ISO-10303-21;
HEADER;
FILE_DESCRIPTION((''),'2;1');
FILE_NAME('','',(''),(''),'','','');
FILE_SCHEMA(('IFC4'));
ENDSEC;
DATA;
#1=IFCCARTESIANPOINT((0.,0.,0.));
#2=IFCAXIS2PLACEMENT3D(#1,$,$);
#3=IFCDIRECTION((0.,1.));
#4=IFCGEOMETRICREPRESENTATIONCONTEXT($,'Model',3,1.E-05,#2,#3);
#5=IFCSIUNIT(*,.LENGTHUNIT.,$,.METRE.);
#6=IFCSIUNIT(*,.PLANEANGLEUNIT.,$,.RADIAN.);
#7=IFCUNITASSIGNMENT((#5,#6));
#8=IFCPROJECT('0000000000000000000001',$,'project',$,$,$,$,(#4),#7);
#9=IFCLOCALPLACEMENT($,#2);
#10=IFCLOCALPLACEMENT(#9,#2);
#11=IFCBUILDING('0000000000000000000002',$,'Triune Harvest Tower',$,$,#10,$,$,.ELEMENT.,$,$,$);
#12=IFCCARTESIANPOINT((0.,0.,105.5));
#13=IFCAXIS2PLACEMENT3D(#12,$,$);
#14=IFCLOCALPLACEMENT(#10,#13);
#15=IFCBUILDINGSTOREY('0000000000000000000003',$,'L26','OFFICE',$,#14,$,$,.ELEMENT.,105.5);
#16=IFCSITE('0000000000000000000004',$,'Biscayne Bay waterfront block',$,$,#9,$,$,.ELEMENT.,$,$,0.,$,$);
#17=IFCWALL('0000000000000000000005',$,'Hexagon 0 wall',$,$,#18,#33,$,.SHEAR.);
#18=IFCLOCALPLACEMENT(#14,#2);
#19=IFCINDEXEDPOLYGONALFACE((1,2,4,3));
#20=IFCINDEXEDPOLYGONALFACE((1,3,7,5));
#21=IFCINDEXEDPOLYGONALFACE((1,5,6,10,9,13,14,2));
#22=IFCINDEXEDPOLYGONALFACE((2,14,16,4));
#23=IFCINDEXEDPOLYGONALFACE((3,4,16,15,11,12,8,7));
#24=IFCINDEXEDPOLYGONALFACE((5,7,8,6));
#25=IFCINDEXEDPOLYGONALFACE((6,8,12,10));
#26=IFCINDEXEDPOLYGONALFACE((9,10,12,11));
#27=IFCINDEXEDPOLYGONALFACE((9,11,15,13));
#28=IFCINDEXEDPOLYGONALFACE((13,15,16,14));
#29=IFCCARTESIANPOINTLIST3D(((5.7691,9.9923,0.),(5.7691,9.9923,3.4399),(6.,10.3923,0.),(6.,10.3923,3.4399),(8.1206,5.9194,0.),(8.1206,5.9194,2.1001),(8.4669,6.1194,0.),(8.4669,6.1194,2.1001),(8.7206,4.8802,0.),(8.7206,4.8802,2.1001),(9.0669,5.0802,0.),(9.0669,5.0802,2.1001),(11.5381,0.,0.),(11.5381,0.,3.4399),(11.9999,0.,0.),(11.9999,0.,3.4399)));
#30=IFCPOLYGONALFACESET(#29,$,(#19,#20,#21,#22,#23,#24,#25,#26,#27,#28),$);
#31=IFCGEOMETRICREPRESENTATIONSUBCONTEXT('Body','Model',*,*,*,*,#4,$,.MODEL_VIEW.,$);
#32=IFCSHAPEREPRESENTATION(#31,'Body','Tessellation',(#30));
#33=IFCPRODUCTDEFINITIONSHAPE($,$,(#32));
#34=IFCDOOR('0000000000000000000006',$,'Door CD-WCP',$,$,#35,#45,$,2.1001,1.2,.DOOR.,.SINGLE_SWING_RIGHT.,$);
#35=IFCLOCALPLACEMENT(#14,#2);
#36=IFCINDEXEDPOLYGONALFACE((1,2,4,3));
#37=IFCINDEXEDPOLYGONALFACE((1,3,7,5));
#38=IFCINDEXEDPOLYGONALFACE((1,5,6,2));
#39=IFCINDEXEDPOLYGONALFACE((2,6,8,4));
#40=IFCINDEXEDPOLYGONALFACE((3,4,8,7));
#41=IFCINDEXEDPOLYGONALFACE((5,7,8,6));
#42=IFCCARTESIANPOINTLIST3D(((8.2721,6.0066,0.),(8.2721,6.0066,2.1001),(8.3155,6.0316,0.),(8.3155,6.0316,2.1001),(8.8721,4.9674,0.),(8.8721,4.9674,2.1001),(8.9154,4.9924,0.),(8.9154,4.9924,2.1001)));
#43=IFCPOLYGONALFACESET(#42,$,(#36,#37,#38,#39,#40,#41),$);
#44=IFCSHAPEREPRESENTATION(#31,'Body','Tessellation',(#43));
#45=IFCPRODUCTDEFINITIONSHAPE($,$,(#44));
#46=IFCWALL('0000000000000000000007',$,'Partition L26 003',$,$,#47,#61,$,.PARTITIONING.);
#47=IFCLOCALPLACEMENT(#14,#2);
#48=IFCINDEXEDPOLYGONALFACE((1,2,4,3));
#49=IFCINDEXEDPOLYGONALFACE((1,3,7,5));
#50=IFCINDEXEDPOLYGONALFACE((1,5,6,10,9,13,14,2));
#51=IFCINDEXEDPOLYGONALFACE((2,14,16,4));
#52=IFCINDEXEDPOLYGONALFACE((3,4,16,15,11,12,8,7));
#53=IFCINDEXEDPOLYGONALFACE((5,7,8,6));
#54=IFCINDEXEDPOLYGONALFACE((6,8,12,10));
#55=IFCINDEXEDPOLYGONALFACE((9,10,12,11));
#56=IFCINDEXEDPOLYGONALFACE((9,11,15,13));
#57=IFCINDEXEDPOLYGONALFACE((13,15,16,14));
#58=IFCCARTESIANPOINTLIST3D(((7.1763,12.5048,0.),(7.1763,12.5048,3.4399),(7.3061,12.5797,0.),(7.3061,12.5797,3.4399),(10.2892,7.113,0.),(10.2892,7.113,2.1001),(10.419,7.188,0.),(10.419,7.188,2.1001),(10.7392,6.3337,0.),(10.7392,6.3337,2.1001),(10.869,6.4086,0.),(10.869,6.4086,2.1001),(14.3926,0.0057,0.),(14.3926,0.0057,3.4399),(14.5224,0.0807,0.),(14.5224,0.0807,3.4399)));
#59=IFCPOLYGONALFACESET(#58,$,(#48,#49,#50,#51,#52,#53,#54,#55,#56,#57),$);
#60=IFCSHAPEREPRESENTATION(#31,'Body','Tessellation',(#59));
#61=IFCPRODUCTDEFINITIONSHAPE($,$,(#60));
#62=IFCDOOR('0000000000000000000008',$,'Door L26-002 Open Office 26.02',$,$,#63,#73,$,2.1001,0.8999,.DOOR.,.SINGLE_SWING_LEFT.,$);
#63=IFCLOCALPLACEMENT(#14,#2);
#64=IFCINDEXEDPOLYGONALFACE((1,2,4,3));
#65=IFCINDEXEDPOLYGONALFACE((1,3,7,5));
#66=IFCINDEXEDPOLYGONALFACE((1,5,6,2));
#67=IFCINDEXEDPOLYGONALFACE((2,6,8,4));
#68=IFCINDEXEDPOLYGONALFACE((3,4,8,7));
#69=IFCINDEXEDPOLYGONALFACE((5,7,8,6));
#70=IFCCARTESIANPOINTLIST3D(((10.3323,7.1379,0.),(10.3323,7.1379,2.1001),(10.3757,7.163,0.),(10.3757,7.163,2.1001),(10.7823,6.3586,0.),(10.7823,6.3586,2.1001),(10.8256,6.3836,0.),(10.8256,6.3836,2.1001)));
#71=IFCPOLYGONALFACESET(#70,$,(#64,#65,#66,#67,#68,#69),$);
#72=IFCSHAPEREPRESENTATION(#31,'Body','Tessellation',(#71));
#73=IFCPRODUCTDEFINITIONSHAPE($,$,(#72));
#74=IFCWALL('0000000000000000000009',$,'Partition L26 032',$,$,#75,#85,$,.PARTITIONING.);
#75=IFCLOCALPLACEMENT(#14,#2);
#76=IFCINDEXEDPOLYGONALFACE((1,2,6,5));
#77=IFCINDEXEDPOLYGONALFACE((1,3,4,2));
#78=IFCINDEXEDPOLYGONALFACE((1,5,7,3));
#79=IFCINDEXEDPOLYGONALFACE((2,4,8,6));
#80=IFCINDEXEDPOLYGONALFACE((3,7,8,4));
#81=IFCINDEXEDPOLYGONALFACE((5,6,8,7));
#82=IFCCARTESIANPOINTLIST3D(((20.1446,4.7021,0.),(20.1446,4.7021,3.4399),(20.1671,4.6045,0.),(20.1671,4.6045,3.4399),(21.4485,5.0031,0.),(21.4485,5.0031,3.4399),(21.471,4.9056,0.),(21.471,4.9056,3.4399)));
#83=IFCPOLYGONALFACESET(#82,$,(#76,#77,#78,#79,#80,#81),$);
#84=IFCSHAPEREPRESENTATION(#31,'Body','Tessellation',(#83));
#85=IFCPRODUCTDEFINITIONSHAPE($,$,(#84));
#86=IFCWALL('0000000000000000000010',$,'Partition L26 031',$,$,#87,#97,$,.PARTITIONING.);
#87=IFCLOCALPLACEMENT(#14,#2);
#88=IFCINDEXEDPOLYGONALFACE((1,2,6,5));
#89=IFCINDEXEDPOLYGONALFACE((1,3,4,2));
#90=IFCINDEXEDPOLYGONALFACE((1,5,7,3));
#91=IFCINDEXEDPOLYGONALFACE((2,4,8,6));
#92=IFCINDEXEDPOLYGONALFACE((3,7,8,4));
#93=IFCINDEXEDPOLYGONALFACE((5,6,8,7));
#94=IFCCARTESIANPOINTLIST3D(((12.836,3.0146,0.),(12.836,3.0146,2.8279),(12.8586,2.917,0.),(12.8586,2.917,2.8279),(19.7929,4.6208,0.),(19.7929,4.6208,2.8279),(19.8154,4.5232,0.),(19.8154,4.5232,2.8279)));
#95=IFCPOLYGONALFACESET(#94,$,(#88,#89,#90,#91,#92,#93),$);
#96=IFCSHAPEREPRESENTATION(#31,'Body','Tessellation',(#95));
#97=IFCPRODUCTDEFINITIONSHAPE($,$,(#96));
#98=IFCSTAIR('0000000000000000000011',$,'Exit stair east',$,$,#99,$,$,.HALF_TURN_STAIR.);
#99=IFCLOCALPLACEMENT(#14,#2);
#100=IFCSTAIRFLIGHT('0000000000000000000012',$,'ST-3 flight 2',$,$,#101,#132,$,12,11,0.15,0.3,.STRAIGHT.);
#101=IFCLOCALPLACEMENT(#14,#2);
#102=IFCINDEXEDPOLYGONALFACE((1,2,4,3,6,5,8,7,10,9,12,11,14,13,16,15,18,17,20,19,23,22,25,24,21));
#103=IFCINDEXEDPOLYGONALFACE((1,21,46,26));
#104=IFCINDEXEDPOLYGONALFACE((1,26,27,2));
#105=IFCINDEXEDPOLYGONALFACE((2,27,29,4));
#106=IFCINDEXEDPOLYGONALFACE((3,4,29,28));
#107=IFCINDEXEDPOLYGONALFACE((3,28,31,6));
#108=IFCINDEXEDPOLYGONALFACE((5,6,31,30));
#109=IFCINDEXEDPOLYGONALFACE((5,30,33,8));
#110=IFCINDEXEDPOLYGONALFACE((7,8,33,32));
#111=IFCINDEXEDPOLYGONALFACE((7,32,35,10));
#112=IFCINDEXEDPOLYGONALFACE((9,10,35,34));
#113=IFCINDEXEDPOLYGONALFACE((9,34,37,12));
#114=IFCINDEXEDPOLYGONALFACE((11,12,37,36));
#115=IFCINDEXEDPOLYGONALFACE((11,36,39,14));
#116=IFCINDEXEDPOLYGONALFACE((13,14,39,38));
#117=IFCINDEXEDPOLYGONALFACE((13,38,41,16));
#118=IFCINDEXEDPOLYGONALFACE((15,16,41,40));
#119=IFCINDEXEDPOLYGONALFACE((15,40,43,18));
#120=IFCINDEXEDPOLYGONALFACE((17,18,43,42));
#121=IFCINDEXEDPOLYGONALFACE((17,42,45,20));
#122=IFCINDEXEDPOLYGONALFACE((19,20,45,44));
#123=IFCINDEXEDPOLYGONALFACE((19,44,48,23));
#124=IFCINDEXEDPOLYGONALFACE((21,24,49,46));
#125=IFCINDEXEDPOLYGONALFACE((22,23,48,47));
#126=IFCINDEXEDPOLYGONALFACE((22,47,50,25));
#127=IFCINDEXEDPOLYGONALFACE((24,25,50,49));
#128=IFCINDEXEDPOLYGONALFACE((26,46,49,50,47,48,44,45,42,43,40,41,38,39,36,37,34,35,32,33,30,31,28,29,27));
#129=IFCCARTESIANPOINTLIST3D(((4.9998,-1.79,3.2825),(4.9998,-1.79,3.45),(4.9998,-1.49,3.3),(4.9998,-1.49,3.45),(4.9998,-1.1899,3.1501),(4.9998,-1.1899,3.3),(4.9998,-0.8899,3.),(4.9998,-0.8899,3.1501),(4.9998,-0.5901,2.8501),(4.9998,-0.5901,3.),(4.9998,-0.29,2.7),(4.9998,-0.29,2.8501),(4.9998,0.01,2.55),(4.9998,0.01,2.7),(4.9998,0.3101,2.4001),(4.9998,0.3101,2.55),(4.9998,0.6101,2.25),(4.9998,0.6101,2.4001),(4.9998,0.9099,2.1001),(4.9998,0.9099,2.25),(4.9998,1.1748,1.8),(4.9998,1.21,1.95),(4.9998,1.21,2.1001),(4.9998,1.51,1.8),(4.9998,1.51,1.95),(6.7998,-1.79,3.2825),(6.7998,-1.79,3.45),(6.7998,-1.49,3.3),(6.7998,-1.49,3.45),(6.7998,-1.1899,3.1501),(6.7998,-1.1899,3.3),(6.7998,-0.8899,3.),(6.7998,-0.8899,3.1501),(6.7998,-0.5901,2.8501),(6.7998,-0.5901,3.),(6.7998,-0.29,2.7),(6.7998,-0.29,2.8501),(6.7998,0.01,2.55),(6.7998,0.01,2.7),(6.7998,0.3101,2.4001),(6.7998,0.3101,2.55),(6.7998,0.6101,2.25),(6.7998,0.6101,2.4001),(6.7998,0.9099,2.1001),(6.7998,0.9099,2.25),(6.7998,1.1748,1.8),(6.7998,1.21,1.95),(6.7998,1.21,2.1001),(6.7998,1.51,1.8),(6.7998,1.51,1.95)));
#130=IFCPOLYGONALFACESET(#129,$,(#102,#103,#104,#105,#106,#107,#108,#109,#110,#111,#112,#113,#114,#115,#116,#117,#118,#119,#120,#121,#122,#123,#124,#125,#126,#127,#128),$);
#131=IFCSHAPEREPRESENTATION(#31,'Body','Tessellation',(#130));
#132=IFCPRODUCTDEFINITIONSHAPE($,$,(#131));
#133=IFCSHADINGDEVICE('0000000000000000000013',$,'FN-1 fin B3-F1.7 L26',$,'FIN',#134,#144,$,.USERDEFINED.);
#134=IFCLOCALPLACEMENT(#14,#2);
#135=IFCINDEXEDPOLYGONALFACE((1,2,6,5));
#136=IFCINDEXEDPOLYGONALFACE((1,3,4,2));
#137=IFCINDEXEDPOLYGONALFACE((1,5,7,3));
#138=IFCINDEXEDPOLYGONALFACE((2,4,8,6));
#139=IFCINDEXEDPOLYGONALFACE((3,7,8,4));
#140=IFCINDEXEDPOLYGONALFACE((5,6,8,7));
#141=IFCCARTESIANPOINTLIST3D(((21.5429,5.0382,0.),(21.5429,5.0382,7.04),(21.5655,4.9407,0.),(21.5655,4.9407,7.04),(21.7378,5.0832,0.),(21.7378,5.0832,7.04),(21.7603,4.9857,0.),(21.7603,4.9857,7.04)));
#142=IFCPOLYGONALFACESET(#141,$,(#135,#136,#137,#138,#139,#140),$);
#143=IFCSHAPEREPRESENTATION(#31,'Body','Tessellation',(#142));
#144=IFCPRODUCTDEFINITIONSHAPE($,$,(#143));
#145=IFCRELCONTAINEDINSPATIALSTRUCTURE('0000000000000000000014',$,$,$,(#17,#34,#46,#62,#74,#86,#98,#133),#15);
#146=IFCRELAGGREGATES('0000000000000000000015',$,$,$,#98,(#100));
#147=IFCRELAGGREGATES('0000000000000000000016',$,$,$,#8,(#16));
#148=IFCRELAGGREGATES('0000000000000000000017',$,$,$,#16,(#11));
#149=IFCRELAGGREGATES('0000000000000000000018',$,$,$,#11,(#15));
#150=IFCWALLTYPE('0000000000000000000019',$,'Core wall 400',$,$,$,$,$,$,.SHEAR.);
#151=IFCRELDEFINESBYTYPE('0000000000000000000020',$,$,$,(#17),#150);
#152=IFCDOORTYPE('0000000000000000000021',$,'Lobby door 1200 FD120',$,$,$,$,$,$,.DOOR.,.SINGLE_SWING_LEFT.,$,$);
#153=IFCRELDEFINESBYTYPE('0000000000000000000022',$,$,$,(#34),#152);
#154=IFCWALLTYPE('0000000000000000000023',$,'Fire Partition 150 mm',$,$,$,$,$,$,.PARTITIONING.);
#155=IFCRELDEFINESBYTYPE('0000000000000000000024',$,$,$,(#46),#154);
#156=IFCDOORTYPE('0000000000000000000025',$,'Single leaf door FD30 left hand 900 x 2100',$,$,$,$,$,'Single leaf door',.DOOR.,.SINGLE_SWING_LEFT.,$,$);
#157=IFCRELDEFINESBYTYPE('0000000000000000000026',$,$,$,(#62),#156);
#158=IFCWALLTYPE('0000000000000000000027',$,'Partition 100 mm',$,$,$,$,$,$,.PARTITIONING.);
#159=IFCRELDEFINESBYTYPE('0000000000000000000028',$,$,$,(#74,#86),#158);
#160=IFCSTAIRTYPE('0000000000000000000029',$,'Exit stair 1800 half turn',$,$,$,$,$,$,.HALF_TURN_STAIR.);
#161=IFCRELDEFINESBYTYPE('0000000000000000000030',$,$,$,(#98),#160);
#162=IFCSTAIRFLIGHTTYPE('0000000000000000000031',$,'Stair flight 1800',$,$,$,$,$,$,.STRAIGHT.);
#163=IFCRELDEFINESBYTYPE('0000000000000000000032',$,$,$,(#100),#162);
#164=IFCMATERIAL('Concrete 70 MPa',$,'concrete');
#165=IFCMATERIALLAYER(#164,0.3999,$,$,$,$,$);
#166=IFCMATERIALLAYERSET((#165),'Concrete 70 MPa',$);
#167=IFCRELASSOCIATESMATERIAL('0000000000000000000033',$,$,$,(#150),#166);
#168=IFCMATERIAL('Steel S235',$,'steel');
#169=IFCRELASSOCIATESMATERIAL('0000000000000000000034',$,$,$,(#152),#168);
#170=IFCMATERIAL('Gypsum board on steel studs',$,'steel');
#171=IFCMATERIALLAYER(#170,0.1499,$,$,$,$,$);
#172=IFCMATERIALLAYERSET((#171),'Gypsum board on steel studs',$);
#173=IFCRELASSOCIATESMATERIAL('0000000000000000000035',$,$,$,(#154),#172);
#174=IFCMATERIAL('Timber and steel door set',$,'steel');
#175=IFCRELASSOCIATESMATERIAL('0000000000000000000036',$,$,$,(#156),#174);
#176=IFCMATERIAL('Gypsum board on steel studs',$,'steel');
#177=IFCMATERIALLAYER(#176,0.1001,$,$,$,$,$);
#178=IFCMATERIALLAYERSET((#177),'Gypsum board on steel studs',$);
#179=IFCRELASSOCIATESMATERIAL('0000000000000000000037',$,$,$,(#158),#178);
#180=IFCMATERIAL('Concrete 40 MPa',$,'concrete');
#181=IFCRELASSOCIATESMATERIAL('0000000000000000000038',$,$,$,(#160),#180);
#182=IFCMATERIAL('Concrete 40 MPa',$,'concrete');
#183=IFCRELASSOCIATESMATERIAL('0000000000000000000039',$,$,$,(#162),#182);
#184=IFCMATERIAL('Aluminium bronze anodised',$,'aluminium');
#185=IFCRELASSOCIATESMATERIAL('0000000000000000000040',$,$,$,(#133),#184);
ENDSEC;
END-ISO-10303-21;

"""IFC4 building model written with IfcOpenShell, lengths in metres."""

from ifc_helpers import new_model, si_unit, direction, frame, frame_2d, origin, origin_2d, place, context, subcontext, project, spatial, polyline, rectangle, outline, extrude, source, transform, mapped, material, layer, layer_set, type_object, element, fill, aggregate, save


model = new_model("IFC4")

# Units and contexts
model_context = context("Model", 3, precision=1e-05, world=origin(), true_north=direction((0.0, 1.0)))
body_context = subcontext(model_context, "Body", "Model", "MODEL_VIEW")
ifc_project = project(units=[si_unit("LENGTHUNIT", "METRE"), si_unit("PLANEANGLEUNIT", "RADIAN")], contexts=[model_context])

# Site, building, storey
site_placement = place(None, origin())
site = spatial("IfcSite", under=ifc_project, at=site_placement, Name="Biscayne Bay waterfront block", CompositionType="ELEMENT", RefElevation=0.0)
building_placement = place(site_placement, origin())
building = spatial("IfcBuilding", under=site, at=building_placement, Name="Triune Harvest Tower", CompositionType="ELEMENT")
storey_placement = place(building_placement, frame((0.0, 0.0, 105.5)))
storey = spatial("IfcBuildingStorey", under=building, at=storey_placement, Name="L26", Description="OFFICE", CompositionType="ELEMENT", Elevation=105.5)

# Walls, openings, doors
ifc_material_1 = material(Name="Concrete 70 MPa", Category="concrete")
ifc_layer_1 = layer(ifc_material_1, 0.3999)
ifc_layer_set_1 = layer_set([ifc_layer_1], Name="Concrete 70 MPa")
wall_type_1 = type_object("IfcWallType", Name="Core wall 400", PredefinedType="SHEAR", material=ifc_layer_set_1)
shared_shape_1 = source(origin(), body_context, "Body", "SweptSolid", [
    extrude(outline(polyline([(-0.1155, -0.2), (11.8845, -0.2), (11.6536, 0.2), (0.1155, 0.2), (-0.1155, -0.2)])), origin(), (0.0, 0.0, 1.0), 3.4399),
])
wall_1_placement = place(storey_placement, frame((11.769, 0.0, 0.0), z_axis=(0.0, 0.0, 1.0), x_axis=(-0.499997, 0.866027, 0.0)))
wall_1 = element("IfcWall", 1, at=wall_1_placement, inside=storey, type_object=wall_type_1, Name="Hexagon 0 wall", PredefinedType="SHEAR", context=body_context, shape_type="MappedRepresentation", body=[
    mapped(shared_shape_1, transform((0.0, 0.0, 0.0), scale=1.0)),
])
opening_1_placement = place(wall_1_placement, frame((5.7505, 0.0, 0.0)))
opening_1 = element("IfcOpeningElement", 2, at=opening_1_placement, cuts=wall_1, PredefinedType="OPENING", context=body_context, shape_type="SweptSolid", body=[
    extrude(rectangle(XDim=1.2, YDim=2.1001, at=frame_2d((0.6001, 1.05))), frame((0.0, 0.21, 0.0), z_axis=(0.0, -1.0, 0.0), x_axis=(1.0, 0.0, 0.0)), (0.0, 0.0, 1.0), 0.4199),
])
ifc_material_2 = material(Name="Steel S235", Category="steel")
door_type_1 = type_object("IfcDoorType", Name="Lobby door 1200 FD120", OperationType="SINGLE_SWING_LEFT", PredefinedType="DOOR", material=ifc_material_2)
door_1_placement = place(opening_1_placement, frame((1.2, 0.0, 0.0), z_axis=(0.0, 0.0, 1.0), x_axis=(-1.0, 0.0, 0.0)))
door_1 = element("IfcDoor", 3, at=door_1_placement, inside=storey, type_object=door_type_1, Name="Door CD-WCP", OperationType="SINGLE_SWING_RIGHT", OverallHeight=2.1001, OverallWidth=1.2, PredefinedType="DOOR", context=body_context, shape_type="SweptSolid", body=[
    extrude(rectangle(XDim=1.2, YDim=2.1001, at=frame_2d((0.6001, 1.05))), frame((0.0, 0.0249, 0.0), z_axis=(0.0, -1.0, 0.0), x_axis=(1.0, 0.0, 0.0)), (0.0, 0.0, 1.0), 0.05),
])
fill(opening_1, door_1)
ifc_material_3 = material(Name="Gypsum board on steel studs", Category="steel")
ifc_layer_2 = layer(ifc_material_3, 0.1499)
ifc_layer_set_2 = layer_set([ifc_layer_2], Name="Gypsum board on steel studs")
wall_type_2 = type_object("IfcWallType", Name="Fire Partition 150 mm", PredefinedType="PARTITIONING", material=ifc_layer_set_2)
shared_shape_2 = source(origin(), body_context, "Body", "SweptSolid", [
    extrude(rectangle(XDim=14.4326, YDim=0.1499, at=frame_2d((7.2163, 0.0))), origin(), (0.0, 0.0, 1.0), 3.4399),
])
wall_2_placement = place(storey_placement, frame((7.2412, 12.5422, 0.0), z_axis=(0.0, 0.0, 1.0), x_axis=(0.5, -0.866026, 0.0)))
wall_2 = element("IfcWall", 4, at=wall_2_placement, inside=storey, type_object=wall_type_2, Name="Partition L26 003", PredefinedType="PARTITIONING", context=body_context, shape_type="MappedRepresentation", body=[
    mapped(shared_shape_2, transform((0.0, 0.0, 0.0), scale=1.0)),
])
opening_2_placement = place(wall_2_placement, frame((6.2258, 0.0, 0.0)))
opening_2 = element("IfcOpeningElement", 5, at=opening_2_placement, cuts=wall_2, PredefinedType="OPENING", context=body_context, shape_type="SweptSolid", body=[
    extrude(rectangle(XDim=0.8999, YDim=2.1001, at=frame_2d((0.45, 1.05))), frame((0.0, 0.085, 0.0), z_axis=(0.0, -1.0, 0.0), x_axis=(1.0, 0.0, 0.0)), (0.0, 0.0, 1.0), 0.1699),
])
ifc_material_4 = material(Name="Timber and steel door set", Category="steel")
door_type_2 = type_object("IfcDoorType", Name="Single leaf door FD30 left hand 900 x 2100", ElementType="Single leaf door", OperationType="SINGLE_SWING_LEFT", PredefinedType="DOOR", material=ifc_material_4)
door_2_placement = place(opening_2_placement, origin())
door_2 = element("IfcDoor", 6, at=door_2_placement, inside=storey, type_object=door_type_2, Name="Door L26-002 Open Office 26.02", OperationType="SINGLE_SWING_LEFT", OverallHeight=2.1001, OverallWidth=0.8999, PredefinedType="DOOR", context=body_context, shape_type="SweptSolid", body=[
    extrude(rectangle(XDim=0.8999, YDim=2.1001, at=frame_2d((0.45, 1.05))), frame((0.0, 0.0249, 0.0), z_axis=(0.0, -1.0, 0.0), x_axis=(1.0, 0.0, 0.0)), (0.0, 0.0, 1.0), 0.05),
])
fill(opening_2, door_2)

# Walls
ifc_material_5 = material(Name="Gypsum board on steel studs", Category="steel")
ifc_layer_3 = layer(ifc_material_5, 0.1001)
ifc_layer_set_3 = layer_set([ifc_layer_3], Name="Gypsum board on steel studs")
wall_type_3 = type_object("IfcWallType", Name="Partition 100 mm", PredefinedType="PARTITIONING", material=ifc_layer_set_3)
shared_shape_3 = source(origin(), body_context, "Body", "SweptSolid", [
    extrude(rectangle(XDim=1.3381, YDim=0.1001, at=frame_2d((0.6689, 0.0))), origin(), (0.0, 0.0, 1.0), 3.4399),
])
wall_3_placement = place(storey_placement, frame((20.156, 4.6533, 0.0), z_axis=(0.0, 0.0, 1.0), x_axis=(0.974364, 0.224979, 0.0)))
element("IfcWall", 7, at=wall_3_placement, inside=storey, type_object=wall_type_3, Name="Partition L26 032", PredefinedType="PARTITIONING", context=body_context, shape_type="MappedRepresentation", body=[
    mapped(shared_shape_3, transform((0.0, 0.0, 0.0), scale=1.0)),
])
shared_shape_4 = source(origin(), body_context, "Body", "SweptSolid", [
    extrude(rectangle(XDim=7.1399, YDim=0.1001, at=frame_2d((3.5698, 0.0))), origin(), (0.0, 0.0, 1.0), 2.8279),
])
wall_4_placement = place(storey_placement, frame((12.8474, 2.9658, 0.0), z_axis=(0.0, 0.0, 1.0), x_axis=(0.974367, 0.224964, 0.0)))
element("IfcWall", 8, at=wall_4_placement, inside=storey, type_object=wall_type_3, Name="Partition L26 031", PredefinedType="PARTITIONING", context=body_context, shape_type="MappedRepresentation", body=[
    mapped(shared_shape_4, transform((0.0, 0.0, 0.0), scale=1.0)),
])

# Stair, stair flight
ifc_material_6 = material(Name="Concrete 40 MPa", Category="concrete")
stair_type = type_object("IfcStairType", Name="Exit stair 1800 half turn", PredefinedType="HALF_TURN_STAIR", material=ifc_material_6)
stair_placement = place(storey_placement, origin())
stair = element("IfcStair", 9, at=stair_placement, inside=storey, type_object=stair_type, Name="Exit stair east", PredefinedType="HALF_TURN_STAIR")
ifc_material_7 = material(Name="Concrete 40 MPa", Category="concrete")
stair_flight_type = type_object("IfcStairFlightType", Name="Stair flight 1800", PredefinedType="STRAIGHT", material=ifc_material_7)
shared_shape_5 = source(origin(), body_context, "Body", "SweptSolid", [
    extrude(outline(polyline([(0.0, 0.0), (0.0, 0.1499), (0.3, 0.1499), (0.3, 0.3), (0.6001, 0.3), (0.6001, 0.45), (0.8999, 0.45), (0.8999, 0.6001), (1.2, 0.6001), (1.2, 0.75), (1.5, 0.75), (1.5, 0.8999), (1.8, 0.8999), (1.8, 1.05), (2.1001, 1.05), (2.1001, 1.2), (2.3999, 1.2), (2.3999, 1.3501), (2.7, 1.3501), (2.7, 1.5), (3.0, 1.5), (3.0, 1.6499), (3.3, 1.6499), (3.3, 1.8), (3.3, 1.4824), (0.3352, 0.0), (0.0, 0.0)])), frame((0.0, 0.8999, 0.0), z_axis=(0.0, -1.0, 0.0), x_axis=(1.0, 0.0, 0.0)), (0.0, 0.0, 1.0), 1.8),
])
stair_flight_placement = place(storey_placement, frame((5.8999, 1.51, 1.8), z_axis=(0.0, 0.0, 1.0), x_axis=(0.0, -1.0, 0.0)))
stair_flight = element("IfcStairFlight", 10, at=stair_flight_placement, type_object=stair_flight_type, Name="ST-3 flight 2", NumberOfRisers=12, NumberOfTreads=11, PredefinedType="STRAIGHT", RiserHeight=0.15, TreadLength=0.3, context=body_context, shape_type="MappedRepresentation", body=[
    mapped(shared_shape_5, transform((0.0, 0.0, 0.0), scale=1.0)),
])
aggregate(stair, [stair_flight])

# Shading device
ifc_material_8 = material(Name="Aluminium bronze anodised", Category="aluminium")
shared_shape_6 = source(origin(), body_context, "Body", "SweptSolid", [
    extrude(rectangle(XDim=0.1001, YDim=0.2, at=origin_2d()), origin(), (0.0, 0.0, 1.0), 7.04),
])
shading_device_placement = place(storey_placement, frame((21.6516, 5.012, 0.0), z_axis=(0.0, 0.0, 1.0), x_axis=(-0.224951, 0.97437, 0.0)))
element("IfcShadingDevice", 11, at=shading_device_placement, inside=storey, material=ifc_material_8, Name="FN-1 fin B3-F1.7 L26", ObjectType="FIN", PredefinedType="USERDEFINED", context=body_context, shape_type="MappedRepresentation", body=[
    mapped(shared_shape_6, transform((0.0, 0.0, 0.0), scale=1.0)),
])

save(model, "model.ifc")
